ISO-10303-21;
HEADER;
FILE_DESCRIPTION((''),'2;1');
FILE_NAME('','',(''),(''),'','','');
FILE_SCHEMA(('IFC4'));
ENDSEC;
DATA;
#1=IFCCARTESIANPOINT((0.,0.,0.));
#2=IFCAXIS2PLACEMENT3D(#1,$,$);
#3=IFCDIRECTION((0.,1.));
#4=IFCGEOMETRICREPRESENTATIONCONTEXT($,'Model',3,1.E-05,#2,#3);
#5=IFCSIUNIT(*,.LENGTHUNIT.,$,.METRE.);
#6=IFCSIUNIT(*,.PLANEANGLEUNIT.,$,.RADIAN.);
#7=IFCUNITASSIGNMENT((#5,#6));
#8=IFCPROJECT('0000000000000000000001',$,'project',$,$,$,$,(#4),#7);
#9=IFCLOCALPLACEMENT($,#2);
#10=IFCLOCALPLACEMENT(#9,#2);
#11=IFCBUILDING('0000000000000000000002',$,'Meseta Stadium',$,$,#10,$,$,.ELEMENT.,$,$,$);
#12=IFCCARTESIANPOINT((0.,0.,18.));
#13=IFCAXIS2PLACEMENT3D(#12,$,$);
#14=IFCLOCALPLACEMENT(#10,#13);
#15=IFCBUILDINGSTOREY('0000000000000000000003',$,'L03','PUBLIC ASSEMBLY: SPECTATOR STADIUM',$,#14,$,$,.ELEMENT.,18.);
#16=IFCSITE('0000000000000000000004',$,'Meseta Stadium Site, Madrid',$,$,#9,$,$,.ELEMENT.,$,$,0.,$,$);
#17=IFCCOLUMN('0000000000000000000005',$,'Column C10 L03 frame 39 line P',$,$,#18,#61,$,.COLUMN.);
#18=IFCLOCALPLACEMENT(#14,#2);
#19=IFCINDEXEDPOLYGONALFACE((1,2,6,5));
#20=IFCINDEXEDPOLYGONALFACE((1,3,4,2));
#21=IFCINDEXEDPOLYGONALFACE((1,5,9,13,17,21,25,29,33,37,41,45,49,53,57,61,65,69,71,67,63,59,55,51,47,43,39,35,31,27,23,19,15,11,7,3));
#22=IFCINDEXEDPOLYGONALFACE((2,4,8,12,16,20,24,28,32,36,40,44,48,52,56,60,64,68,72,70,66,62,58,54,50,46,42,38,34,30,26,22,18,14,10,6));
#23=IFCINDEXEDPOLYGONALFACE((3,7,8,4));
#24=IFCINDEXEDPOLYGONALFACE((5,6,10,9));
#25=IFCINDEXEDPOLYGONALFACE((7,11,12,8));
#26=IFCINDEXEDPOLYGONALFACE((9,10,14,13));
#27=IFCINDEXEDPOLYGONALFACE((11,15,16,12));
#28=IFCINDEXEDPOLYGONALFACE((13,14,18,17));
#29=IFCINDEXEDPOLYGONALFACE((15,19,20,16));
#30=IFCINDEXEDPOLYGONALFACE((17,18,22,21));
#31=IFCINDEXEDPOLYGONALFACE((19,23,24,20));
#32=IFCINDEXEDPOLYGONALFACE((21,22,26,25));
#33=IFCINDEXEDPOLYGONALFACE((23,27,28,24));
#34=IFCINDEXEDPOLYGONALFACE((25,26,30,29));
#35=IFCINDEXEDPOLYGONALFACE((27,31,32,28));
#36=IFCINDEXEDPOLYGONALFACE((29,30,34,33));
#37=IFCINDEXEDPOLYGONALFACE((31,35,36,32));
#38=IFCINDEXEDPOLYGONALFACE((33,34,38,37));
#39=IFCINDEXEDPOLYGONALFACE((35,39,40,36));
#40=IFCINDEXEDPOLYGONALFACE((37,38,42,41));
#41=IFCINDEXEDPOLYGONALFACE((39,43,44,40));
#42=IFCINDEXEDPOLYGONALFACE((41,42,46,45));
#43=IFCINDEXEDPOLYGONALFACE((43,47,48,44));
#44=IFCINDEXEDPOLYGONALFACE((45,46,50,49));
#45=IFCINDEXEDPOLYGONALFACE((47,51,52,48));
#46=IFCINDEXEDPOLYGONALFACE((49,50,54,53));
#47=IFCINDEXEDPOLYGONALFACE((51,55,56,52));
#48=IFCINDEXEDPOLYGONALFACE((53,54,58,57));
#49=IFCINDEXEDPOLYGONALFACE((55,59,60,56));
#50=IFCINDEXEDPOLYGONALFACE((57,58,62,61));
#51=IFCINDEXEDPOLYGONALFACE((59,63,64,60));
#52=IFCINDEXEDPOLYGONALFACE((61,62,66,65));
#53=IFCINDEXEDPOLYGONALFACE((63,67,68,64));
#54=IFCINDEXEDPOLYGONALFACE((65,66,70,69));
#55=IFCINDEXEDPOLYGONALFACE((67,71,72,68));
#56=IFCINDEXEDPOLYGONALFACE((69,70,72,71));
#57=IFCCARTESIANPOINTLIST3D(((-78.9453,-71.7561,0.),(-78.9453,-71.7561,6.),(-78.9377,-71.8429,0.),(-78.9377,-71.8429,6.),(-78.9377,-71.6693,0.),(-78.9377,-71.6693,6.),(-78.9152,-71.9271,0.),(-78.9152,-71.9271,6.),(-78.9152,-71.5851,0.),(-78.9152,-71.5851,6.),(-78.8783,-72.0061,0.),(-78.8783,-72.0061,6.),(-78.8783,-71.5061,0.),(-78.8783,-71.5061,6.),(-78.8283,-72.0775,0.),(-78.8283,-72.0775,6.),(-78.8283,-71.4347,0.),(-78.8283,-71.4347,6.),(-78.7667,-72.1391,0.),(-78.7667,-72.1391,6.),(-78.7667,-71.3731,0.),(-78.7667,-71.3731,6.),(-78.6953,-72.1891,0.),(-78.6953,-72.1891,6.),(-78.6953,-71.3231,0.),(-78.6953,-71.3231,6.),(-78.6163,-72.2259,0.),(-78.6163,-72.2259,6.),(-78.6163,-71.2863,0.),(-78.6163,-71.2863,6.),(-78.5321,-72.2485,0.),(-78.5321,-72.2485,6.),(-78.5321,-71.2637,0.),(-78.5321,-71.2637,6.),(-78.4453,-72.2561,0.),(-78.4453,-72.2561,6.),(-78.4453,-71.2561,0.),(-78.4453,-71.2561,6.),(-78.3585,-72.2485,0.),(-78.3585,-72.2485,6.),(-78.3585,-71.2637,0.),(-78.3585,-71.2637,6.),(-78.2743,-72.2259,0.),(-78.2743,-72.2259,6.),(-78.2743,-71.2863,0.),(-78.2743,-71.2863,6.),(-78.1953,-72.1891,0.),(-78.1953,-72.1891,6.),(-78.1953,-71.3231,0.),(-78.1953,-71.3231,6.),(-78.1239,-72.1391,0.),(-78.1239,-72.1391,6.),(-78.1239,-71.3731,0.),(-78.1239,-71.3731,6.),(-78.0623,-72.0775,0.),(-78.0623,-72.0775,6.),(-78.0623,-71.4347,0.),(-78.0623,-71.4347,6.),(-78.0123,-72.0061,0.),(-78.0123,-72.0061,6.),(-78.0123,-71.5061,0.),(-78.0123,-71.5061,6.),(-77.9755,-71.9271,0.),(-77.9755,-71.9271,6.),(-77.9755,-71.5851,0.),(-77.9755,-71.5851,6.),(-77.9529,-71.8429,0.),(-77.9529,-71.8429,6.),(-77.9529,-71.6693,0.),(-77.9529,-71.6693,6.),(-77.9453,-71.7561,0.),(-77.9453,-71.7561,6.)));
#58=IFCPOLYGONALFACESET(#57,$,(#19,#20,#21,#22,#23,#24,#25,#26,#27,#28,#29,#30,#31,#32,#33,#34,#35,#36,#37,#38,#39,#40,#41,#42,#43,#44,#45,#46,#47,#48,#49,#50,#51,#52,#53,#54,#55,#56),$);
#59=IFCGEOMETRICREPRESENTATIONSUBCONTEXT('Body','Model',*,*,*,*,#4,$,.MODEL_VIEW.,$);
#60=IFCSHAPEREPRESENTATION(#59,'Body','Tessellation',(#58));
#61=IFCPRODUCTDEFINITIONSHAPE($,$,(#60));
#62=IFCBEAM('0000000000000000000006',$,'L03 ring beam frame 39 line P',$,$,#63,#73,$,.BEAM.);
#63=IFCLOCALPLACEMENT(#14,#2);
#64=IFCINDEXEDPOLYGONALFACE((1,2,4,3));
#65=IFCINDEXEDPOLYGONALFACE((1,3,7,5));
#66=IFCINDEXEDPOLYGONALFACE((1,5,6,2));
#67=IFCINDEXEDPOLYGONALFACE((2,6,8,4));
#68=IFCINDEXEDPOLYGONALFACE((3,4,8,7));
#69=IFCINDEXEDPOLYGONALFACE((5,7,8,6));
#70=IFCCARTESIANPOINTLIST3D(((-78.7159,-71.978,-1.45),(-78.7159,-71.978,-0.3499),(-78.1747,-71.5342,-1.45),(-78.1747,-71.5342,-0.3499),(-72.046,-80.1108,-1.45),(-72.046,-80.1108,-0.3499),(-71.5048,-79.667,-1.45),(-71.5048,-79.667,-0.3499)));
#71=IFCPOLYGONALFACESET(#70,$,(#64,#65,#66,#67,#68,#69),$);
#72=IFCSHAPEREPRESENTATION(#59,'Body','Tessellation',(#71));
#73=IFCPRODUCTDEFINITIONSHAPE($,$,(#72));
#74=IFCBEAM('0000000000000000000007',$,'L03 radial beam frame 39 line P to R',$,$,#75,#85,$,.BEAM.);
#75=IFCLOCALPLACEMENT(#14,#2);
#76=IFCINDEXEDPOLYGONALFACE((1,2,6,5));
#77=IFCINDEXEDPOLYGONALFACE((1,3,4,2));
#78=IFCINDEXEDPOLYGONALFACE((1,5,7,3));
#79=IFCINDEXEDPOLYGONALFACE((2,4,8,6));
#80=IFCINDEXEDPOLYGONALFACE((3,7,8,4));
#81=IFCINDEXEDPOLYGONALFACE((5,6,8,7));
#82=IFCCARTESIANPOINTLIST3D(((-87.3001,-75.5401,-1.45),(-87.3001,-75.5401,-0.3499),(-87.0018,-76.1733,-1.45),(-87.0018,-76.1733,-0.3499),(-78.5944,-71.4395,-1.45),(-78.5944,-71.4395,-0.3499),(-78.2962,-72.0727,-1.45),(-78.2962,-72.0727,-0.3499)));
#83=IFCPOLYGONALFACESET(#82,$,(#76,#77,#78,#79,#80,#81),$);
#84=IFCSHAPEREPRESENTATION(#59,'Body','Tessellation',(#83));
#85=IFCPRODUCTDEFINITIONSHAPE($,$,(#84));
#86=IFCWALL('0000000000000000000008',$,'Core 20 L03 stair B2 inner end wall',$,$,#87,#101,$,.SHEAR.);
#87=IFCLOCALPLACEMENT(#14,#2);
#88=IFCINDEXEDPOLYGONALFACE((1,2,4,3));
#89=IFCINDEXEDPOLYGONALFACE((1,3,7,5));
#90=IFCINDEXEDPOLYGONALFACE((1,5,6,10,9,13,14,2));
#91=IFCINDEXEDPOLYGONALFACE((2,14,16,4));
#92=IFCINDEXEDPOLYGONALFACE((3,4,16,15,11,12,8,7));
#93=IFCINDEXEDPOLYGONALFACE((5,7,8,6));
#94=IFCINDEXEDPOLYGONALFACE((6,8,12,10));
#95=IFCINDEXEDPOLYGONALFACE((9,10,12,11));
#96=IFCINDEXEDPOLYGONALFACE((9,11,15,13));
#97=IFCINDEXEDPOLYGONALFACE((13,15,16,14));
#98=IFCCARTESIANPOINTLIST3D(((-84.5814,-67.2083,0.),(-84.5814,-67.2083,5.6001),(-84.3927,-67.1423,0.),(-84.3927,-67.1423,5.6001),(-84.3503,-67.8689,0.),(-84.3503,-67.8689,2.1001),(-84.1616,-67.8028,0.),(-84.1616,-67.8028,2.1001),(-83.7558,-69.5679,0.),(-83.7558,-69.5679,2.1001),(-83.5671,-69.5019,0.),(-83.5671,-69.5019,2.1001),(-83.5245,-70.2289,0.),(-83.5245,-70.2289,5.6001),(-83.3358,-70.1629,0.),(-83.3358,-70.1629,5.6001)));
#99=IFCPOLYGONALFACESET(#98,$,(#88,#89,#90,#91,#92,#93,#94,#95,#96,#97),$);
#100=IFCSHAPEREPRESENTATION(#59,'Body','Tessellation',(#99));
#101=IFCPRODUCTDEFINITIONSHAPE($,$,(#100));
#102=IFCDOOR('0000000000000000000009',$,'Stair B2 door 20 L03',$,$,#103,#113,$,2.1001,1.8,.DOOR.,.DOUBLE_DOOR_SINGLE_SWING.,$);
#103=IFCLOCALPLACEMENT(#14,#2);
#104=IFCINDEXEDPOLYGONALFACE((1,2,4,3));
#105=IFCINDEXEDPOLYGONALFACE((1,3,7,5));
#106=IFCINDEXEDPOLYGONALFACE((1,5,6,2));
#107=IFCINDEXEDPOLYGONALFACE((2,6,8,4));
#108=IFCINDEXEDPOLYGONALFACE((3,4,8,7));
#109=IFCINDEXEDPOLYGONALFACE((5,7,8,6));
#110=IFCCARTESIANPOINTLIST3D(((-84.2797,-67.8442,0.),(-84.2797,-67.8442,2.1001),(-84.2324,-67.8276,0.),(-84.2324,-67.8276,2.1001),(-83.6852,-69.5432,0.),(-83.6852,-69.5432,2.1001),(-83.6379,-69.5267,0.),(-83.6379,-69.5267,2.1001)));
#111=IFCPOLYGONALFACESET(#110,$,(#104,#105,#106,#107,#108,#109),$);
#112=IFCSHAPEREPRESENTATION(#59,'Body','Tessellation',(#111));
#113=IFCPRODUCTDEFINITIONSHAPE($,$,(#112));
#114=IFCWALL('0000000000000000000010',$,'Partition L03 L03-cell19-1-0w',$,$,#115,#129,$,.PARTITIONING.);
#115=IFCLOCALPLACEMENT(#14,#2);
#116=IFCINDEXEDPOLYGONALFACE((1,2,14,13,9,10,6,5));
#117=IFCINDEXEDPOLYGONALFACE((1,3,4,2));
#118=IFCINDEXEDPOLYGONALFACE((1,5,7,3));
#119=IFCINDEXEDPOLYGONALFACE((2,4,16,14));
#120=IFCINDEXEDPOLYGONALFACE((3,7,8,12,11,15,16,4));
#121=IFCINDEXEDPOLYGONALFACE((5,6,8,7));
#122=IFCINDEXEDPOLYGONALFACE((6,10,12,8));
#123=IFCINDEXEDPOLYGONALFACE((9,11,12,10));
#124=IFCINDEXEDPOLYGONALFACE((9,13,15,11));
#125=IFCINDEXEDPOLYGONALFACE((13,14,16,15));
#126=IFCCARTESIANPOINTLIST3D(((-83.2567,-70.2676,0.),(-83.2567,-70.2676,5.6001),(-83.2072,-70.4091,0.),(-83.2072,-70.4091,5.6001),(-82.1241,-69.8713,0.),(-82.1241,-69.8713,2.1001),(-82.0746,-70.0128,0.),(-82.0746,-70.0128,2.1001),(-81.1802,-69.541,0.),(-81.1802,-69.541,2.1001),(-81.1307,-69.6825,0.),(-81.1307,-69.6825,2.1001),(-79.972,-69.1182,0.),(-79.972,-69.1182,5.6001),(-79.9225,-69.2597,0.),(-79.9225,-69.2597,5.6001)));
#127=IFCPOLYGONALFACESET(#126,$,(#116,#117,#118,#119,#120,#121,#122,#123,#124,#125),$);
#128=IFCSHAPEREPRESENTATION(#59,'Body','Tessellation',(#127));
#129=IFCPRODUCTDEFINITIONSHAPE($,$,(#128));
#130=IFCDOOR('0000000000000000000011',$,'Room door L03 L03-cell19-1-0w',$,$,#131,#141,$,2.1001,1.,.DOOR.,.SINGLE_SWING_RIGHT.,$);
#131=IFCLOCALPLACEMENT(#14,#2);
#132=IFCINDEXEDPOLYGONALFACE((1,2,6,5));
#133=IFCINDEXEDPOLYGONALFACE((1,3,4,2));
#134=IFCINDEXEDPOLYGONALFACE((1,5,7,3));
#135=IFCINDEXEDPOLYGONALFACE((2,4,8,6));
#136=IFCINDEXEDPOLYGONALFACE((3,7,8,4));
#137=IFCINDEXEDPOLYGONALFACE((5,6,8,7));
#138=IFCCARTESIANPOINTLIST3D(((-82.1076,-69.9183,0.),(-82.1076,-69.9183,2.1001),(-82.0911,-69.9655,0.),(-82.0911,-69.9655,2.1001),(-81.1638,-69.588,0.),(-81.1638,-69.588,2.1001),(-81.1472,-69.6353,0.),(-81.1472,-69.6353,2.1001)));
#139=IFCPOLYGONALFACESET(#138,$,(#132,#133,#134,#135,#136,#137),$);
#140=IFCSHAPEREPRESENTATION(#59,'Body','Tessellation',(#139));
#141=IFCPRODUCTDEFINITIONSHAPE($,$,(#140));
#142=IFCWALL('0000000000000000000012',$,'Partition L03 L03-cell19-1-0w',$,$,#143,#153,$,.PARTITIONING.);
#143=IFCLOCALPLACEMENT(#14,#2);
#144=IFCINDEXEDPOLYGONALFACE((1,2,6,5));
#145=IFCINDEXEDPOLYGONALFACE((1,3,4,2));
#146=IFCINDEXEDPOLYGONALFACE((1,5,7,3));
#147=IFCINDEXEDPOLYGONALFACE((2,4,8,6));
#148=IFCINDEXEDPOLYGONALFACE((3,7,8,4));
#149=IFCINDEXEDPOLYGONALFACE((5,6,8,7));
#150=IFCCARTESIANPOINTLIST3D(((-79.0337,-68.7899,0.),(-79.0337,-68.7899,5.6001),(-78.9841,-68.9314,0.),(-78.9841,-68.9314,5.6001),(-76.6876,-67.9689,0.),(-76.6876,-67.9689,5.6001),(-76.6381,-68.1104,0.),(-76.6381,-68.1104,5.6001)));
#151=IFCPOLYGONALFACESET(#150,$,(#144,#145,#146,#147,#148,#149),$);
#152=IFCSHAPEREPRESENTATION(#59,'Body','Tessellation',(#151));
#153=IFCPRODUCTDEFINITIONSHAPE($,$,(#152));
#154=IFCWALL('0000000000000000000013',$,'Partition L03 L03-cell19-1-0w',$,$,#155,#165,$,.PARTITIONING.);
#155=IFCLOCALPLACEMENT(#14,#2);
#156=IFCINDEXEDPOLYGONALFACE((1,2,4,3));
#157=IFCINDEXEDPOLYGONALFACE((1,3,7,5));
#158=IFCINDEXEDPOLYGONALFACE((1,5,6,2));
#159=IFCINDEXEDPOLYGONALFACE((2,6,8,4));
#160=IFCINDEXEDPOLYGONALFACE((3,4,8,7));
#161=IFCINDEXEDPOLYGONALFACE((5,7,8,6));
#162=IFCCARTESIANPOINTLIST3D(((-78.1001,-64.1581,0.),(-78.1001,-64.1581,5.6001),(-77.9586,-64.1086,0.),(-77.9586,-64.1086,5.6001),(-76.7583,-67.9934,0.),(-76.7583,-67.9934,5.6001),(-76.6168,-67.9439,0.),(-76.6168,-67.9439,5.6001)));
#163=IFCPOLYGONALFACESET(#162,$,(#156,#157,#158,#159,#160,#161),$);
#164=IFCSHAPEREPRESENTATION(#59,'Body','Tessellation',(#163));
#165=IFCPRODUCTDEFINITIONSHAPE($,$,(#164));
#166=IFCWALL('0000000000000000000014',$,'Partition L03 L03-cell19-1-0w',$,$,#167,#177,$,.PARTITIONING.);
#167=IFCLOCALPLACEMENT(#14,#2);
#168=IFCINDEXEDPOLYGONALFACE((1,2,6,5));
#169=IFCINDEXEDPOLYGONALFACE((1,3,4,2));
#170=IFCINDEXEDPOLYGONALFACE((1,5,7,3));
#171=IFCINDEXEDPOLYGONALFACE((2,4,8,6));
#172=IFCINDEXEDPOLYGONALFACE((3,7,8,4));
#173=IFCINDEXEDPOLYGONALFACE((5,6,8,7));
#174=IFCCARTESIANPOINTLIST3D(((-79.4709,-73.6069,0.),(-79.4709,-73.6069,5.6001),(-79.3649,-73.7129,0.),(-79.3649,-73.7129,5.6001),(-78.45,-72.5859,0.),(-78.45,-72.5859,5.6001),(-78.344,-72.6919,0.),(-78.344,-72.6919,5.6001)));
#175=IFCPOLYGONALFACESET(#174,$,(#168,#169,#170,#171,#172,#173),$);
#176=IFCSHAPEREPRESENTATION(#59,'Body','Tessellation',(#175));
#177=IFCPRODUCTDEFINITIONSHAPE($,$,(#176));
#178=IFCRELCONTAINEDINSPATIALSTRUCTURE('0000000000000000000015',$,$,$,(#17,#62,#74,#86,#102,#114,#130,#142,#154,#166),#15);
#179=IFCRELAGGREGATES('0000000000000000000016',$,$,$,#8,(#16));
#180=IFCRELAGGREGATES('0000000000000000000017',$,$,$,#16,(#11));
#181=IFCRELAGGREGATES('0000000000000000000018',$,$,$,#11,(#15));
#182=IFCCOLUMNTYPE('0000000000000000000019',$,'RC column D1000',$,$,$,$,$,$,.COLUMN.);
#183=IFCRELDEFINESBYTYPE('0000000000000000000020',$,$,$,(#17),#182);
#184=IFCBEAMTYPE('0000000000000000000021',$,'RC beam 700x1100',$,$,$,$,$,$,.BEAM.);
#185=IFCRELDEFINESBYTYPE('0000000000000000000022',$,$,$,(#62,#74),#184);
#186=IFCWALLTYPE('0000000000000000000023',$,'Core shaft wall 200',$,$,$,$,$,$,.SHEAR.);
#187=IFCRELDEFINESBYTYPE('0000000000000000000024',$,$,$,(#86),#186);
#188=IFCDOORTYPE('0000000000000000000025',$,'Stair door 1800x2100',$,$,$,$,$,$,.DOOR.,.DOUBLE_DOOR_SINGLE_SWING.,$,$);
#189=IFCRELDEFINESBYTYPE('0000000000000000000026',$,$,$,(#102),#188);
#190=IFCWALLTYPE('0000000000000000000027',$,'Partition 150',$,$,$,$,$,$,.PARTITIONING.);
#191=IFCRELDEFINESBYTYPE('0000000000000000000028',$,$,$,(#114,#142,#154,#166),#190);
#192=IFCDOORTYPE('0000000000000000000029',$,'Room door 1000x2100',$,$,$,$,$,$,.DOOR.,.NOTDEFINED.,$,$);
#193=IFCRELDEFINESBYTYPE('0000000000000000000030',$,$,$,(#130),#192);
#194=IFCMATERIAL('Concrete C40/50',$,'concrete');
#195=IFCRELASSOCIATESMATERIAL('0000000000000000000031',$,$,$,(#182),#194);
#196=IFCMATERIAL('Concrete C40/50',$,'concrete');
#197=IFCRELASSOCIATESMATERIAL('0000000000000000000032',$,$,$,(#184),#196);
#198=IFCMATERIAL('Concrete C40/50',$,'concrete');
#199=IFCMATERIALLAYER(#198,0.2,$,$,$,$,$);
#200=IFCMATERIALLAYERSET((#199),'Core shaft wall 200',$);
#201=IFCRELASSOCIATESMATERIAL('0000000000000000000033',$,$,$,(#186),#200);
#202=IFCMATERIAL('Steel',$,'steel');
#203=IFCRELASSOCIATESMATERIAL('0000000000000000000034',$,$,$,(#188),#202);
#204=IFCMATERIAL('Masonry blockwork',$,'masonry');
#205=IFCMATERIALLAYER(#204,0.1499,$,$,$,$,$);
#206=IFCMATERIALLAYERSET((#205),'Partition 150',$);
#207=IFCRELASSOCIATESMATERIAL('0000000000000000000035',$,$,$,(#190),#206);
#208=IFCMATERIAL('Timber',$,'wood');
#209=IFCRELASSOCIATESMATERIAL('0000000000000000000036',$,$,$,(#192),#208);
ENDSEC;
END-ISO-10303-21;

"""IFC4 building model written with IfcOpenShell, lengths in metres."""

from ifc_helpers import new_model, si_unit, direction, frame, frame_2d, origin, origin_2d, place, context, subcontext, project, spatial, rectangle, circle, extrude, material, layer, layer_set, material_profile, profile_set, type_object, element, fill, save


model = new_model("IFC4")

# Units and contexts
model_context = context("Model", 3, precision=1e-05, world=origin(), true_north=direction((0.0, 1.0)))
body_context = subcontext(model_context, "Body", "Model", "MODEL_VIEW")
ifc_project = project(units=[si_unit("LENGTHUNIT", "METRE"), si_unit("PLANEANGLEUNIT", "RADIAN")], contexts=[model_context])

# Site, building, storey
site_placement = place(None, origin())
site = spatial("IfcSite", under=ifc_project, at=site_placement, Name="Meseta Stadium Site, Madrid", CompositionType="ELEMENT", RefElevation=0.0)
building_placement = place(site_placement, origin())
building = spatial("IfcBuilding", under=site, at=building_placement, Name="Meseta Stadium", CompositionType="ELEMENT")
storey_placement = place(building_placement, frame((0.0, 0.0, 18.0)))
storey = spatial("IfcBuildingStorey", under=building, at=storey_placement, Name="L03", Description="PUBLIC ASSEMBLY: SPECTATOR STADIUM", CompositionType="ELEMENT", Elevation=18.0)

# Column
ifc_material_1 = material(Name="Concrete C40/50", Category="concrete")
ifc_material_profile_1 = material_profile(ifc_material_1, circle(Radius=0.5, at=origin_2d()), Name="RC D1000")
ifc_profile_set_1 = profile_set([ifc_material_profile_1], Name="Concrete C40/50")
column_type = type_object("IfcColumnType", Name="RC column D1000", PredefinedType="COLUMN", material=ifc_profile_set_1)
column_placement = place(storey_placement, frame((-78.4453, -71.7561, 0.0), z_axis=(0.0, 0.0, 1.0), x_axis=(1.0, 0.0, 0.0)))
element("IfcColumn", 1, at=column_placement, inside=storey, type_object=column_type, Name="Column C10 L03 frame 39 line P", PredefinedType="COLUMN", context=body_context, shape_type="SweptSolid", body=[
    extrude(circle(Radius=0.5, at=origin_2d()), origin(), (0.0, 0.0, 1.0), 6.0),
])

# Beams
ifc_material_2 = material(Name="Concrete C40/50", Category="concrete")
ifc_material_profile_2 = material_profile(ifc_material_2, rectangle(XDim=0.7, YDim=1.1001, at=origin_2d()), Name="RC 700x1100")
ifc_profile_set_2 = profile_set([ifc_material_profile_2], Name="Concrete C40/50")
beam_type = type_object("IfcBeamType", Name="RC beam 700x1100", PredefinedType="BEAM", material=ifc_profile_set_2)
beam_1_placement = place(storey_placement, frame((-78.4453, -71.7561, -0.8999), z_axis=(0.634137, -0.77322, 0.0), x_axis=(0.77322, 0.634137, 0.0)))
element("IfcBeam", 2, at=beam_1_placement, inside=storey, type_object=beam_type, Name="L03 ring beam frame 39 line P", PredefinedType="BEAM", context=body_context, shape_type="SweptSolid", body=[
    extrude(rectangle(XDim=0.7, YDim=1.1001, at=origin_2d()), origin(), (0.0, 0.0, 1.0), 10.5181),
])
beam_2_placement = place(storey_placement, frame((-78.4453, -71.7561, -0.8999), z_axis=(-0.904665, -0.426124, 0.0), x_axis=(0.426124, -0.904665, 0.0)))
element("IfcBeam", 3, at=beam_2_placement, inside=storey, type_object=beam_type, Name="L03 radial beam frame 39 line P to R", PredefinedType="BEAM", context=body_context, shape_type="SweptSolid", body=[
    extrude(rectangle(XDim=0.7, YDim=1.1001, at=origin_2d()), origin(), (0.0, 0.0, 1.0), 9.623),
])

# Walls, openings, doors
ifc_material_3 = material(Name="Concrete C40/50", Category="concrete")
ifc_layer_1 = layer(ifc_material_3, 0.2)
ifc_layer_set_1 = layer_set([ifc_layer_1], Name="Core shaft wall 200")
wall_type_1 = type_object("IfcWallType", Name="Core shaft wall 200", PredefinedType="SHEAR", material=ifc_layer_set_1)
wall_1_placement = place(storey_placement, frame((-84.4871, -67.1753, 0.0), z_axis=(0.0, 0.0, 1.0), x_axis=(0.330269, -0.943887, 0.0)))
wall_1 = element("IfcWall", 4, at=wall_1_placement, inside=storey, type_object=wall_type_1, Name="Core 20 L03 stair B2 inner end wall", PredefinedType="SHEAR", context=body_context, shape_type="SweptSolid", body=[
    extrude(rectangle(XDim=3.2002, YDim=0.2, at=frame_2d((1.6001, 0.0))), origin(), (0.0, 0.0, 1.0), 5.6001),
])
opening_1_placement = place(wall_1_placement, frame((0.7, 0.0, 0.0)))
opening_1 = element("IfcOpeningElement", 5, at=opening_1_placement, cuts=wall_1, PredefinedType="OPENING", context=body_context, shape_type="SweptSolid", body=[
    extrude(rectangle(XDim=1.8, YDim=2.1001, at=frame_2d((0.8999, 1.05))), frame((0.0, 0.1099, 0.0), z_axis=(0.0, -1.0, 0.0), x_axis=(1.0, 0.0, 0.0)), (0.0, 0.0, 1.0), 0.22),
])
ifc_material_4 = material(Name="Steel", Category="steel")
door_type_1 = type_object("IfcDoorType", Name="Stair door 1800x2100", OperationType="DOUBLE_DOOR_SINGLE_SWING", PredefinedType="DOOR", material=ifc_material_4)
door_1_placement = place(opening_1_placement, origin())
door_1 = element("IfcDoor", 6, at=door_1_placement, inside=storey, type_object=door_type_1, Name="Stair B2 door 20 L03", OperationType="DOUBLE_DOOR_SINGLE_SWING", OverallHeight=2.1001, OverallWidth=1.8, PredefinedType="DOOR", context=body_context, shape_type="SweptSolid", body=[
    extrude(rectangle(XDim=1.8, YDim=2.1001, at=frame_2d((0.8999, 1.05))), frame((0.0, 0.0249, 0.0), z_axis=(0.0, -1.0, 0.0), x_axis=(1.0, 0.0, 0.0)), (0.0, 0.0, 1.0), 0.05),
])
fill(opening_1, door_1)
ifc_material_5 = material(Name="Masonry blockwork", Category="masonry")
ifc_layer_2 = layer(ifc_material_5, 0.1499)
ifc_layer_set_2 = layer_set([ifc_layer_2], Name="Partition 150")
wall_type_2 = type_object("IfcWallType", Name="Partition 150", PredefinedType="PARTITIONING", material=ifc_layer_set_2)
wall_2_placement = place(storey_placement, frame((-83.2319, -70.3384, 0.0), z_axis=(0.0, 0.0, 1.0), x_axis=(0.943878, 0.330294, 0.0)))
wall_2 = element("IfcWall", 7, at=wall_2_placement, inside=storey, type_object=wall_type_2, Name="Partition L03 L03-cell19-1-0w", PredefinedType="PARTITIONING", context=body_context, shape_type="SweptSolid", body=[
    extrude(rectangle(XDim=3.48, YDim=0.1499, at=frame_2d((1.74, 0.0))), origin(), (0.0, 0.0, 1.0), 5.6001),
])
opening_2_placement = place(wall_2_placement, frame((1.2, 0.0, 0.0)))
opening_2 = element("IfcOpeningElement", 8, at=opening_2_placement, cuts=wall_2, PredefinedType="OPENING", context=body_context, shape_type="SweptSolid", body=[
    extrude(rectangle(XDim=1.0, YDim=2.1001, at=frame_2d((0.5, 1.05))), frame((0.0, 0.085, 0.0), z_axis=(0.0, -1.0, 0.0), x_axis=(1.0, 0.0, 0.0)), (0.0, 0.0, 1.0), 0.1699),
])
ifc_material_6 = material(Name="Timber", Category="wood")
door_type_2 = type_object("IfcDoorType", Name="Room door 1000x2100", OperationType="NOTDEFINED", PredefinedType="DOOR", material=ifc_material_6)
door_2_placement = place(opening_2_placement, frame((1.0, 0.0, 0.0), z_axis=(0.0, 0.0, 1.0), x_axis=(-1.0, 0.0, 0.0)))
door_2 = element("IfcDoor", 9, at=door_2_placement, inside=storey, type_object=door_type_2, Name="Room door L03 L03-cell19-1-0w", OperationType="SINGLE_SWING_RIGHT", OverallHeight=2.1001, OverallWidth=1.0, PredefinedType="DOOR", context=body_context, shape_type="SweptSolid", body=[
    extrude(rectangle(XDim=1.0, YDim=2.1001, at=frame_2d((0.5, 1.05))), frame((0.0, 0.0249, 0.0), z_axis=(0.0, -1.0, 0.0), x_axis=(1.0, 0.0, 0.0)), (0.0, 0.0, 1.0), 0.05),
])
fill(opening_2, door_2)

# Walls
wall_3_placement = place(storey_placement, frame((-79.0088, -68.8606, 0.0), z_axis=(0.0, 0.0, 1.0), x_axis=(0.943874, 0.330307, 0.0)))
element("IfcWall", 10, at=wall_3_placement, inside=storey, type_object=wall_type_2, Name="Partition L03 L03-cell19-1-0w", PredefinedType="PARTITIONING", context=body_context, shape_type="SweptSolid", body=[
    extrude(rectangle(XDim=2.4856, YDim=0.1499, at=frame_2d((1.2427, 0.0))), origin(), (0.0, 0.0, 1.0), 5.6001),
])
wall_4_placement = place(storey_placement, frame((-76.6875, -67.9688, 0.0), z_axis=(0.0, 0.0, 1.0), x_axis=(-0.330235, 0.943899, 0.0)))
element("IfcWall", 11, at=wall_4_placement, inside=storey, type_object=wall_type_2, Name="Partition L03 L03-cell19-1-0w", PredefinedType="PARTITIONING", context=body_context, shape_type="SweptSolid", body=[
    extrude(rectangle(XDim=4.0632, YDim=0.1499, at=frame_2d((2.0317, 0.0))), origin(), (0.0, 0.0, 1.0), 5.6001),
])
wall_5_placement = place(storey_placement, frame((-78.397, -72.6389, 0.0), z_axis=(0.0, 0.0, 1.0), x_axis=(-0.707107, -0.707107, 0.0)))
element("IfcWall", 12, at=wall_5_placement, inside=storey, type_object=wall_type_2, Name="Partition L03 L03-cell19-1-0w", PredefinedType="PARTITIONING", context=body_context, shape_type="SweptSolid", body=[
    extrude(rectangle(XDim=1.4438, YDim=0.1499, at=frame_2d((0.7219, 0.0))), origin(), (0.0, 0.0, 1.0), 5.6001),
])

save(model, "model.ifc")
